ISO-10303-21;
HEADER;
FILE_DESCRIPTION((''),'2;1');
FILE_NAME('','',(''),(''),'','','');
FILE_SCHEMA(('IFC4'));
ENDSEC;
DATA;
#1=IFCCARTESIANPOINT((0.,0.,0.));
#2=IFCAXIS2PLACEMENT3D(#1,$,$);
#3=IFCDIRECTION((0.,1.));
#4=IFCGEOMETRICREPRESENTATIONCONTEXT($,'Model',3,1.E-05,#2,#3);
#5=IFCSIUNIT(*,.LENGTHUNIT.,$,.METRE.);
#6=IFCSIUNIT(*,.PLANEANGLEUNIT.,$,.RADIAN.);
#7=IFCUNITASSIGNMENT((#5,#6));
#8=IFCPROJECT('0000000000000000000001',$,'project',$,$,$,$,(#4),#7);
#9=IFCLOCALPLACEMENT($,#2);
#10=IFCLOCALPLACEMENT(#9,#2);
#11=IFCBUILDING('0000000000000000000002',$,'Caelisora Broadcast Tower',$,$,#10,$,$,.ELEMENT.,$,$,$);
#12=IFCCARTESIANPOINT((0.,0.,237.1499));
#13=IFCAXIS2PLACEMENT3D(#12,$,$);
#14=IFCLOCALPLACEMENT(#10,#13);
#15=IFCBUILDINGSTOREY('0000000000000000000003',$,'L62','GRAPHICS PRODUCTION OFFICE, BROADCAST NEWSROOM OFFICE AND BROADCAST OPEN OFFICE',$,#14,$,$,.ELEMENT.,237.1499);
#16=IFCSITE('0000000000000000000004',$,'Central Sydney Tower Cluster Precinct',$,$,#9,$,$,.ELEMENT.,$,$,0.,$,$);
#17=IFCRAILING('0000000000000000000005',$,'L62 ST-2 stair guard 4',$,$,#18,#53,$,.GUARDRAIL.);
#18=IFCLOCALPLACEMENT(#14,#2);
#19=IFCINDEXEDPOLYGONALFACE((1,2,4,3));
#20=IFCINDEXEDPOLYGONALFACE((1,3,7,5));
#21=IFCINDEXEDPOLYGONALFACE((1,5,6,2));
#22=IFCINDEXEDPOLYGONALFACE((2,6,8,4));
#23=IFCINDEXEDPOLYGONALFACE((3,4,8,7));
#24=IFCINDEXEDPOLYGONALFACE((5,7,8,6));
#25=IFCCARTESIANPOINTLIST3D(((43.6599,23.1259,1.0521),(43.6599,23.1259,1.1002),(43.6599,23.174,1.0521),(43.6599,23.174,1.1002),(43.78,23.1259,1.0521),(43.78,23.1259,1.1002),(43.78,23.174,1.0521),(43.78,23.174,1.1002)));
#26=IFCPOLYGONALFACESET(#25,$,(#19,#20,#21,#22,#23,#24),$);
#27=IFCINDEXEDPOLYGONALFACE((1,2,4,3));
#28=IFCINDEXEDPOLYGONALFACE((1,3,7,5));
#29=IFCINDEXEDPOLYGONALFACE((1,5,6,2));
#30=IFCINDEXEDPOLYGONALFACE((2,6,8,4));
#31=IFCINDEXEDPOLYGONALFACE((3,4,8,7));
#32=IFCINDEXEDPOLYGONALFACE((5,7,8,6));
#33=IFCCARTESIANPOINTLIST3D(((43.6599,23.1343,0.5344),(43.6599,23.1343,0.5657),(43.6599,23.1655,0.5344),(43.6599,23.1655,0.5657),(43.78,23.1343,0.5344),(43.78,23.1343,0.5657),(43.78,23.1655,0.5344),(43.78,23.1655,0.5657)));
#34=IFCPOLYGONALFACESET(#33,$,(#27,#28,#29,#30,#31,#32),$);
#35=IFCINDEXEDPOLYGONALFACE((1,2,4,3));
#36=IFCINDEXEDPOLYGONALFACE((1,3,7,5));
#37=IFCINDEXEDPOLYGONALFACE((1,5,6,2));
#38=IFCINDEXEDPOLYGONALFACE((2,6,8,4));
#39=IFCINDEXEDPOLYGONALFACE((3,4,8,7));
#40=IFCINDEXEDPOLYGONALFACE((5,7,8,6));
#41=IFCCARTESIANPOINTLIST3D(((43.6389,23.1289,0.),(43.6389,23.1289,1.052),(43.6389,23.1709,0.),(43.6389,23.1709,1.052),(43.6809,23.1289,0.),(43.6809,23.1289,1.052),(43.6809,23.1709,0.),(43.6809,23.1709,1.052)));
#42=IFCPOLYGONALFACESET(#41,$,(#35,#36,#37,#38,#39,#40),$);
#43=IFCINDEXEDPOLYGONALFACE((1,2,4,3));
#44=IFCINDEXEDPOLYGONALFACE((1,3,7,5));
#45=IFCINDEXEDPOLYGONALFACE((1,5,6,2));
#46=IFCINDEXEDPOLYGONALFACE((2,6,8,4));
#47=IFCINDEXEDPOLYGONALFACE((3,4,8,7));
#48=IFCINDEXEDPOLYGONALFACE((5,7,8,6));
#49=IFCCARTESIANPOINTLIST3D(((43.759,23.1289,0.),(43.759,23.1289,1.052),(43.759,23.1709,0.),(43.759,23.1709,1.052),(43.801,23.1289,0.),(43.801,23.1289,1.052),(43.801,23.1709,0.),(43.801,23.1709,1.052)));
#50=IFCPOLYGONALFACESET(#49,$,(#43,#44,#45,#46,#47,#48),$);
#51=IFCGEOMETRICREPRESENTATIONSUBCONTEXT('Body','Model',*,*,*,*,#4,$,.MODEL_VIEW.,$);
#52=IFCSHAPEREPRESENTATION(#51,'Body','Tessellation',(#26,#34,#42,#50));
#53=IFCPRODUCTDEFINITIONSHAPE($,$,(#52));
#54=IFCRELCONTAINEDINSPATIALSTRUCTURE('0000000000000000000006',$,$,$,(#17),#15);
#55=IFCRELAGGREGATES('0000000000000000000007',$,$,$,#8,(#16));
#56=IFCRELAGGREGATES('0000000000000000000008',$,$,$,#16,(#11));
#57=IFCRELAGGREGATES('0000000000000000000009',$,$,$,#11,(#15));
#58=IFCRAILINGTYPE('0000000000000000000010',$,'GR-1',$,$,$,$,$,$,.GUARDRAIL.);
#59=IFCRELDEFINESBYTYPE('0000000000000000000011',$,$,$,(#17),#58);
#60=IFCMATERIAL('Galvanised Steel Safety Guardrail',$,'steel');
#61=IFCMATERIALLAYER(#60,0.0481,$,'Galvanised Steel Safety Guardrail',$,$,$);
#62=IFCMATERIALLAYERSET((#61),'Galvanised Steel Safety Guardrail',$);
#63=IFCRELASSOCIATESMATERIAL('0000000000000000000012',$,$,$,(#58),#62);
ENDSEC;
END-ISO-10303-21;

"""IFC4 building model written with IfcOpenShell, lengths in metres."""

from ifc_helpers import new_model, si_unit, direction, frame, origin, origin_2d, place, context, subcontext, project, spatial, rectangle, extrude, material, layer, layer_set, type_object, element, save


model = new_model("IFC4")

# Units and contexts
model_context = context("Model", 3, precision=1e-05, world=origin(), true_north=direction((0.0, 1.0)))
body_context = subcontext(model_context, "Body", "Model", "MODEL_VIEW")
ifc_project = project(units=[si_unit("LENGTHUNIT", "METRE"), si_unit("PLANEANGLEUNIT", "RADIAN")], contexts=[model_context])

# Site, building, storey
site_placement = place(None, origin())
site = spatial("IfcSite", under=ifc_project, at=site_placement, Name="Central Sydney Tower Cluster Precinct", CompositionType="ELEMENT", RefElevation=0.0)
building_placement = place(site_placement, origin())
building = spatial("IfcBuilding", under=site, at=building_placement, Name="Caelisora Broadcast Tower", CompositionType="ELEMENT")
storey_placement = place(building_placement, frame((0.0, 0.0, 237.1499)))
storey = spatial("IfcBuildingStorey", under=building, at=storey_placement, Name="L62", Description="GRAPHICS PRODUCTION OFFICE, BROADCAST NEWSROOM OFFICE AND BROADCAST OPEN OFFICE", CompositionType="ELEMENT", Elevation=237.1499)

# Railing
ifc_material_1 = material(Name="Galvanised Steel Safety Guardrail", Category="steel")
ifc_layer_1 = layer(ifc_material_1, 0.0481, Name="Galvanised Steel Safety Guardrail")
ifc_layer_set_1 = layer_set([ifc_layer_1], Name="Galvanised Steel Safety Guardrail")
railing_type = type_object("IfcRailingType", Name="GR-1", PredefinedType="GUARDRAIL", material=ifc_layer_set_1)
railing_placement = place(storey_placement, frame((43.6599, 23.1499, 0.0)))
element("IfcRailing", 1, at=railing_placement, inside=storey, type_object=railing_type, Name="L62 ST-2 stair guard 4", PredefinedType="GUARDRAIL", context=body_context, shape_type="SweptSolid", body=[
    extrude(rectangle(XDim=0.0481, YDim=0.0481, at=origin_2d()), frame((0.0, 0.0, 1.0762), z_axis=(1.0, 0.0, 0.0), x_axis=(0.0, 1.0, 0.0)), (0.0, 0.0, 1.0), 0.1201),
    extrude(rectangle(XDim=0.0312, YDim=0.0312, at=origin_2d()), frame((0.0, 0.0, 0.55), z_axis=(1.0, 0.0, 0.0), x_axis=(0.0, 1.0, 0.0)), (0.0, 0.0, 1.0), 0.1201),
    extrude(rectangle(XDim=0.042, YDim=0.042, at=origin_2d()), origin(), (0.0, 0.0, 1.0), 1.052),
    extrude(rectangle(XDim=0.042, YDim=0.042, at=origin_2d()), frame((0.1201, 0.0, 0.0)), (0.0, 0.0, 1.0), 1.052),
])

save(model, "model.ifc")
